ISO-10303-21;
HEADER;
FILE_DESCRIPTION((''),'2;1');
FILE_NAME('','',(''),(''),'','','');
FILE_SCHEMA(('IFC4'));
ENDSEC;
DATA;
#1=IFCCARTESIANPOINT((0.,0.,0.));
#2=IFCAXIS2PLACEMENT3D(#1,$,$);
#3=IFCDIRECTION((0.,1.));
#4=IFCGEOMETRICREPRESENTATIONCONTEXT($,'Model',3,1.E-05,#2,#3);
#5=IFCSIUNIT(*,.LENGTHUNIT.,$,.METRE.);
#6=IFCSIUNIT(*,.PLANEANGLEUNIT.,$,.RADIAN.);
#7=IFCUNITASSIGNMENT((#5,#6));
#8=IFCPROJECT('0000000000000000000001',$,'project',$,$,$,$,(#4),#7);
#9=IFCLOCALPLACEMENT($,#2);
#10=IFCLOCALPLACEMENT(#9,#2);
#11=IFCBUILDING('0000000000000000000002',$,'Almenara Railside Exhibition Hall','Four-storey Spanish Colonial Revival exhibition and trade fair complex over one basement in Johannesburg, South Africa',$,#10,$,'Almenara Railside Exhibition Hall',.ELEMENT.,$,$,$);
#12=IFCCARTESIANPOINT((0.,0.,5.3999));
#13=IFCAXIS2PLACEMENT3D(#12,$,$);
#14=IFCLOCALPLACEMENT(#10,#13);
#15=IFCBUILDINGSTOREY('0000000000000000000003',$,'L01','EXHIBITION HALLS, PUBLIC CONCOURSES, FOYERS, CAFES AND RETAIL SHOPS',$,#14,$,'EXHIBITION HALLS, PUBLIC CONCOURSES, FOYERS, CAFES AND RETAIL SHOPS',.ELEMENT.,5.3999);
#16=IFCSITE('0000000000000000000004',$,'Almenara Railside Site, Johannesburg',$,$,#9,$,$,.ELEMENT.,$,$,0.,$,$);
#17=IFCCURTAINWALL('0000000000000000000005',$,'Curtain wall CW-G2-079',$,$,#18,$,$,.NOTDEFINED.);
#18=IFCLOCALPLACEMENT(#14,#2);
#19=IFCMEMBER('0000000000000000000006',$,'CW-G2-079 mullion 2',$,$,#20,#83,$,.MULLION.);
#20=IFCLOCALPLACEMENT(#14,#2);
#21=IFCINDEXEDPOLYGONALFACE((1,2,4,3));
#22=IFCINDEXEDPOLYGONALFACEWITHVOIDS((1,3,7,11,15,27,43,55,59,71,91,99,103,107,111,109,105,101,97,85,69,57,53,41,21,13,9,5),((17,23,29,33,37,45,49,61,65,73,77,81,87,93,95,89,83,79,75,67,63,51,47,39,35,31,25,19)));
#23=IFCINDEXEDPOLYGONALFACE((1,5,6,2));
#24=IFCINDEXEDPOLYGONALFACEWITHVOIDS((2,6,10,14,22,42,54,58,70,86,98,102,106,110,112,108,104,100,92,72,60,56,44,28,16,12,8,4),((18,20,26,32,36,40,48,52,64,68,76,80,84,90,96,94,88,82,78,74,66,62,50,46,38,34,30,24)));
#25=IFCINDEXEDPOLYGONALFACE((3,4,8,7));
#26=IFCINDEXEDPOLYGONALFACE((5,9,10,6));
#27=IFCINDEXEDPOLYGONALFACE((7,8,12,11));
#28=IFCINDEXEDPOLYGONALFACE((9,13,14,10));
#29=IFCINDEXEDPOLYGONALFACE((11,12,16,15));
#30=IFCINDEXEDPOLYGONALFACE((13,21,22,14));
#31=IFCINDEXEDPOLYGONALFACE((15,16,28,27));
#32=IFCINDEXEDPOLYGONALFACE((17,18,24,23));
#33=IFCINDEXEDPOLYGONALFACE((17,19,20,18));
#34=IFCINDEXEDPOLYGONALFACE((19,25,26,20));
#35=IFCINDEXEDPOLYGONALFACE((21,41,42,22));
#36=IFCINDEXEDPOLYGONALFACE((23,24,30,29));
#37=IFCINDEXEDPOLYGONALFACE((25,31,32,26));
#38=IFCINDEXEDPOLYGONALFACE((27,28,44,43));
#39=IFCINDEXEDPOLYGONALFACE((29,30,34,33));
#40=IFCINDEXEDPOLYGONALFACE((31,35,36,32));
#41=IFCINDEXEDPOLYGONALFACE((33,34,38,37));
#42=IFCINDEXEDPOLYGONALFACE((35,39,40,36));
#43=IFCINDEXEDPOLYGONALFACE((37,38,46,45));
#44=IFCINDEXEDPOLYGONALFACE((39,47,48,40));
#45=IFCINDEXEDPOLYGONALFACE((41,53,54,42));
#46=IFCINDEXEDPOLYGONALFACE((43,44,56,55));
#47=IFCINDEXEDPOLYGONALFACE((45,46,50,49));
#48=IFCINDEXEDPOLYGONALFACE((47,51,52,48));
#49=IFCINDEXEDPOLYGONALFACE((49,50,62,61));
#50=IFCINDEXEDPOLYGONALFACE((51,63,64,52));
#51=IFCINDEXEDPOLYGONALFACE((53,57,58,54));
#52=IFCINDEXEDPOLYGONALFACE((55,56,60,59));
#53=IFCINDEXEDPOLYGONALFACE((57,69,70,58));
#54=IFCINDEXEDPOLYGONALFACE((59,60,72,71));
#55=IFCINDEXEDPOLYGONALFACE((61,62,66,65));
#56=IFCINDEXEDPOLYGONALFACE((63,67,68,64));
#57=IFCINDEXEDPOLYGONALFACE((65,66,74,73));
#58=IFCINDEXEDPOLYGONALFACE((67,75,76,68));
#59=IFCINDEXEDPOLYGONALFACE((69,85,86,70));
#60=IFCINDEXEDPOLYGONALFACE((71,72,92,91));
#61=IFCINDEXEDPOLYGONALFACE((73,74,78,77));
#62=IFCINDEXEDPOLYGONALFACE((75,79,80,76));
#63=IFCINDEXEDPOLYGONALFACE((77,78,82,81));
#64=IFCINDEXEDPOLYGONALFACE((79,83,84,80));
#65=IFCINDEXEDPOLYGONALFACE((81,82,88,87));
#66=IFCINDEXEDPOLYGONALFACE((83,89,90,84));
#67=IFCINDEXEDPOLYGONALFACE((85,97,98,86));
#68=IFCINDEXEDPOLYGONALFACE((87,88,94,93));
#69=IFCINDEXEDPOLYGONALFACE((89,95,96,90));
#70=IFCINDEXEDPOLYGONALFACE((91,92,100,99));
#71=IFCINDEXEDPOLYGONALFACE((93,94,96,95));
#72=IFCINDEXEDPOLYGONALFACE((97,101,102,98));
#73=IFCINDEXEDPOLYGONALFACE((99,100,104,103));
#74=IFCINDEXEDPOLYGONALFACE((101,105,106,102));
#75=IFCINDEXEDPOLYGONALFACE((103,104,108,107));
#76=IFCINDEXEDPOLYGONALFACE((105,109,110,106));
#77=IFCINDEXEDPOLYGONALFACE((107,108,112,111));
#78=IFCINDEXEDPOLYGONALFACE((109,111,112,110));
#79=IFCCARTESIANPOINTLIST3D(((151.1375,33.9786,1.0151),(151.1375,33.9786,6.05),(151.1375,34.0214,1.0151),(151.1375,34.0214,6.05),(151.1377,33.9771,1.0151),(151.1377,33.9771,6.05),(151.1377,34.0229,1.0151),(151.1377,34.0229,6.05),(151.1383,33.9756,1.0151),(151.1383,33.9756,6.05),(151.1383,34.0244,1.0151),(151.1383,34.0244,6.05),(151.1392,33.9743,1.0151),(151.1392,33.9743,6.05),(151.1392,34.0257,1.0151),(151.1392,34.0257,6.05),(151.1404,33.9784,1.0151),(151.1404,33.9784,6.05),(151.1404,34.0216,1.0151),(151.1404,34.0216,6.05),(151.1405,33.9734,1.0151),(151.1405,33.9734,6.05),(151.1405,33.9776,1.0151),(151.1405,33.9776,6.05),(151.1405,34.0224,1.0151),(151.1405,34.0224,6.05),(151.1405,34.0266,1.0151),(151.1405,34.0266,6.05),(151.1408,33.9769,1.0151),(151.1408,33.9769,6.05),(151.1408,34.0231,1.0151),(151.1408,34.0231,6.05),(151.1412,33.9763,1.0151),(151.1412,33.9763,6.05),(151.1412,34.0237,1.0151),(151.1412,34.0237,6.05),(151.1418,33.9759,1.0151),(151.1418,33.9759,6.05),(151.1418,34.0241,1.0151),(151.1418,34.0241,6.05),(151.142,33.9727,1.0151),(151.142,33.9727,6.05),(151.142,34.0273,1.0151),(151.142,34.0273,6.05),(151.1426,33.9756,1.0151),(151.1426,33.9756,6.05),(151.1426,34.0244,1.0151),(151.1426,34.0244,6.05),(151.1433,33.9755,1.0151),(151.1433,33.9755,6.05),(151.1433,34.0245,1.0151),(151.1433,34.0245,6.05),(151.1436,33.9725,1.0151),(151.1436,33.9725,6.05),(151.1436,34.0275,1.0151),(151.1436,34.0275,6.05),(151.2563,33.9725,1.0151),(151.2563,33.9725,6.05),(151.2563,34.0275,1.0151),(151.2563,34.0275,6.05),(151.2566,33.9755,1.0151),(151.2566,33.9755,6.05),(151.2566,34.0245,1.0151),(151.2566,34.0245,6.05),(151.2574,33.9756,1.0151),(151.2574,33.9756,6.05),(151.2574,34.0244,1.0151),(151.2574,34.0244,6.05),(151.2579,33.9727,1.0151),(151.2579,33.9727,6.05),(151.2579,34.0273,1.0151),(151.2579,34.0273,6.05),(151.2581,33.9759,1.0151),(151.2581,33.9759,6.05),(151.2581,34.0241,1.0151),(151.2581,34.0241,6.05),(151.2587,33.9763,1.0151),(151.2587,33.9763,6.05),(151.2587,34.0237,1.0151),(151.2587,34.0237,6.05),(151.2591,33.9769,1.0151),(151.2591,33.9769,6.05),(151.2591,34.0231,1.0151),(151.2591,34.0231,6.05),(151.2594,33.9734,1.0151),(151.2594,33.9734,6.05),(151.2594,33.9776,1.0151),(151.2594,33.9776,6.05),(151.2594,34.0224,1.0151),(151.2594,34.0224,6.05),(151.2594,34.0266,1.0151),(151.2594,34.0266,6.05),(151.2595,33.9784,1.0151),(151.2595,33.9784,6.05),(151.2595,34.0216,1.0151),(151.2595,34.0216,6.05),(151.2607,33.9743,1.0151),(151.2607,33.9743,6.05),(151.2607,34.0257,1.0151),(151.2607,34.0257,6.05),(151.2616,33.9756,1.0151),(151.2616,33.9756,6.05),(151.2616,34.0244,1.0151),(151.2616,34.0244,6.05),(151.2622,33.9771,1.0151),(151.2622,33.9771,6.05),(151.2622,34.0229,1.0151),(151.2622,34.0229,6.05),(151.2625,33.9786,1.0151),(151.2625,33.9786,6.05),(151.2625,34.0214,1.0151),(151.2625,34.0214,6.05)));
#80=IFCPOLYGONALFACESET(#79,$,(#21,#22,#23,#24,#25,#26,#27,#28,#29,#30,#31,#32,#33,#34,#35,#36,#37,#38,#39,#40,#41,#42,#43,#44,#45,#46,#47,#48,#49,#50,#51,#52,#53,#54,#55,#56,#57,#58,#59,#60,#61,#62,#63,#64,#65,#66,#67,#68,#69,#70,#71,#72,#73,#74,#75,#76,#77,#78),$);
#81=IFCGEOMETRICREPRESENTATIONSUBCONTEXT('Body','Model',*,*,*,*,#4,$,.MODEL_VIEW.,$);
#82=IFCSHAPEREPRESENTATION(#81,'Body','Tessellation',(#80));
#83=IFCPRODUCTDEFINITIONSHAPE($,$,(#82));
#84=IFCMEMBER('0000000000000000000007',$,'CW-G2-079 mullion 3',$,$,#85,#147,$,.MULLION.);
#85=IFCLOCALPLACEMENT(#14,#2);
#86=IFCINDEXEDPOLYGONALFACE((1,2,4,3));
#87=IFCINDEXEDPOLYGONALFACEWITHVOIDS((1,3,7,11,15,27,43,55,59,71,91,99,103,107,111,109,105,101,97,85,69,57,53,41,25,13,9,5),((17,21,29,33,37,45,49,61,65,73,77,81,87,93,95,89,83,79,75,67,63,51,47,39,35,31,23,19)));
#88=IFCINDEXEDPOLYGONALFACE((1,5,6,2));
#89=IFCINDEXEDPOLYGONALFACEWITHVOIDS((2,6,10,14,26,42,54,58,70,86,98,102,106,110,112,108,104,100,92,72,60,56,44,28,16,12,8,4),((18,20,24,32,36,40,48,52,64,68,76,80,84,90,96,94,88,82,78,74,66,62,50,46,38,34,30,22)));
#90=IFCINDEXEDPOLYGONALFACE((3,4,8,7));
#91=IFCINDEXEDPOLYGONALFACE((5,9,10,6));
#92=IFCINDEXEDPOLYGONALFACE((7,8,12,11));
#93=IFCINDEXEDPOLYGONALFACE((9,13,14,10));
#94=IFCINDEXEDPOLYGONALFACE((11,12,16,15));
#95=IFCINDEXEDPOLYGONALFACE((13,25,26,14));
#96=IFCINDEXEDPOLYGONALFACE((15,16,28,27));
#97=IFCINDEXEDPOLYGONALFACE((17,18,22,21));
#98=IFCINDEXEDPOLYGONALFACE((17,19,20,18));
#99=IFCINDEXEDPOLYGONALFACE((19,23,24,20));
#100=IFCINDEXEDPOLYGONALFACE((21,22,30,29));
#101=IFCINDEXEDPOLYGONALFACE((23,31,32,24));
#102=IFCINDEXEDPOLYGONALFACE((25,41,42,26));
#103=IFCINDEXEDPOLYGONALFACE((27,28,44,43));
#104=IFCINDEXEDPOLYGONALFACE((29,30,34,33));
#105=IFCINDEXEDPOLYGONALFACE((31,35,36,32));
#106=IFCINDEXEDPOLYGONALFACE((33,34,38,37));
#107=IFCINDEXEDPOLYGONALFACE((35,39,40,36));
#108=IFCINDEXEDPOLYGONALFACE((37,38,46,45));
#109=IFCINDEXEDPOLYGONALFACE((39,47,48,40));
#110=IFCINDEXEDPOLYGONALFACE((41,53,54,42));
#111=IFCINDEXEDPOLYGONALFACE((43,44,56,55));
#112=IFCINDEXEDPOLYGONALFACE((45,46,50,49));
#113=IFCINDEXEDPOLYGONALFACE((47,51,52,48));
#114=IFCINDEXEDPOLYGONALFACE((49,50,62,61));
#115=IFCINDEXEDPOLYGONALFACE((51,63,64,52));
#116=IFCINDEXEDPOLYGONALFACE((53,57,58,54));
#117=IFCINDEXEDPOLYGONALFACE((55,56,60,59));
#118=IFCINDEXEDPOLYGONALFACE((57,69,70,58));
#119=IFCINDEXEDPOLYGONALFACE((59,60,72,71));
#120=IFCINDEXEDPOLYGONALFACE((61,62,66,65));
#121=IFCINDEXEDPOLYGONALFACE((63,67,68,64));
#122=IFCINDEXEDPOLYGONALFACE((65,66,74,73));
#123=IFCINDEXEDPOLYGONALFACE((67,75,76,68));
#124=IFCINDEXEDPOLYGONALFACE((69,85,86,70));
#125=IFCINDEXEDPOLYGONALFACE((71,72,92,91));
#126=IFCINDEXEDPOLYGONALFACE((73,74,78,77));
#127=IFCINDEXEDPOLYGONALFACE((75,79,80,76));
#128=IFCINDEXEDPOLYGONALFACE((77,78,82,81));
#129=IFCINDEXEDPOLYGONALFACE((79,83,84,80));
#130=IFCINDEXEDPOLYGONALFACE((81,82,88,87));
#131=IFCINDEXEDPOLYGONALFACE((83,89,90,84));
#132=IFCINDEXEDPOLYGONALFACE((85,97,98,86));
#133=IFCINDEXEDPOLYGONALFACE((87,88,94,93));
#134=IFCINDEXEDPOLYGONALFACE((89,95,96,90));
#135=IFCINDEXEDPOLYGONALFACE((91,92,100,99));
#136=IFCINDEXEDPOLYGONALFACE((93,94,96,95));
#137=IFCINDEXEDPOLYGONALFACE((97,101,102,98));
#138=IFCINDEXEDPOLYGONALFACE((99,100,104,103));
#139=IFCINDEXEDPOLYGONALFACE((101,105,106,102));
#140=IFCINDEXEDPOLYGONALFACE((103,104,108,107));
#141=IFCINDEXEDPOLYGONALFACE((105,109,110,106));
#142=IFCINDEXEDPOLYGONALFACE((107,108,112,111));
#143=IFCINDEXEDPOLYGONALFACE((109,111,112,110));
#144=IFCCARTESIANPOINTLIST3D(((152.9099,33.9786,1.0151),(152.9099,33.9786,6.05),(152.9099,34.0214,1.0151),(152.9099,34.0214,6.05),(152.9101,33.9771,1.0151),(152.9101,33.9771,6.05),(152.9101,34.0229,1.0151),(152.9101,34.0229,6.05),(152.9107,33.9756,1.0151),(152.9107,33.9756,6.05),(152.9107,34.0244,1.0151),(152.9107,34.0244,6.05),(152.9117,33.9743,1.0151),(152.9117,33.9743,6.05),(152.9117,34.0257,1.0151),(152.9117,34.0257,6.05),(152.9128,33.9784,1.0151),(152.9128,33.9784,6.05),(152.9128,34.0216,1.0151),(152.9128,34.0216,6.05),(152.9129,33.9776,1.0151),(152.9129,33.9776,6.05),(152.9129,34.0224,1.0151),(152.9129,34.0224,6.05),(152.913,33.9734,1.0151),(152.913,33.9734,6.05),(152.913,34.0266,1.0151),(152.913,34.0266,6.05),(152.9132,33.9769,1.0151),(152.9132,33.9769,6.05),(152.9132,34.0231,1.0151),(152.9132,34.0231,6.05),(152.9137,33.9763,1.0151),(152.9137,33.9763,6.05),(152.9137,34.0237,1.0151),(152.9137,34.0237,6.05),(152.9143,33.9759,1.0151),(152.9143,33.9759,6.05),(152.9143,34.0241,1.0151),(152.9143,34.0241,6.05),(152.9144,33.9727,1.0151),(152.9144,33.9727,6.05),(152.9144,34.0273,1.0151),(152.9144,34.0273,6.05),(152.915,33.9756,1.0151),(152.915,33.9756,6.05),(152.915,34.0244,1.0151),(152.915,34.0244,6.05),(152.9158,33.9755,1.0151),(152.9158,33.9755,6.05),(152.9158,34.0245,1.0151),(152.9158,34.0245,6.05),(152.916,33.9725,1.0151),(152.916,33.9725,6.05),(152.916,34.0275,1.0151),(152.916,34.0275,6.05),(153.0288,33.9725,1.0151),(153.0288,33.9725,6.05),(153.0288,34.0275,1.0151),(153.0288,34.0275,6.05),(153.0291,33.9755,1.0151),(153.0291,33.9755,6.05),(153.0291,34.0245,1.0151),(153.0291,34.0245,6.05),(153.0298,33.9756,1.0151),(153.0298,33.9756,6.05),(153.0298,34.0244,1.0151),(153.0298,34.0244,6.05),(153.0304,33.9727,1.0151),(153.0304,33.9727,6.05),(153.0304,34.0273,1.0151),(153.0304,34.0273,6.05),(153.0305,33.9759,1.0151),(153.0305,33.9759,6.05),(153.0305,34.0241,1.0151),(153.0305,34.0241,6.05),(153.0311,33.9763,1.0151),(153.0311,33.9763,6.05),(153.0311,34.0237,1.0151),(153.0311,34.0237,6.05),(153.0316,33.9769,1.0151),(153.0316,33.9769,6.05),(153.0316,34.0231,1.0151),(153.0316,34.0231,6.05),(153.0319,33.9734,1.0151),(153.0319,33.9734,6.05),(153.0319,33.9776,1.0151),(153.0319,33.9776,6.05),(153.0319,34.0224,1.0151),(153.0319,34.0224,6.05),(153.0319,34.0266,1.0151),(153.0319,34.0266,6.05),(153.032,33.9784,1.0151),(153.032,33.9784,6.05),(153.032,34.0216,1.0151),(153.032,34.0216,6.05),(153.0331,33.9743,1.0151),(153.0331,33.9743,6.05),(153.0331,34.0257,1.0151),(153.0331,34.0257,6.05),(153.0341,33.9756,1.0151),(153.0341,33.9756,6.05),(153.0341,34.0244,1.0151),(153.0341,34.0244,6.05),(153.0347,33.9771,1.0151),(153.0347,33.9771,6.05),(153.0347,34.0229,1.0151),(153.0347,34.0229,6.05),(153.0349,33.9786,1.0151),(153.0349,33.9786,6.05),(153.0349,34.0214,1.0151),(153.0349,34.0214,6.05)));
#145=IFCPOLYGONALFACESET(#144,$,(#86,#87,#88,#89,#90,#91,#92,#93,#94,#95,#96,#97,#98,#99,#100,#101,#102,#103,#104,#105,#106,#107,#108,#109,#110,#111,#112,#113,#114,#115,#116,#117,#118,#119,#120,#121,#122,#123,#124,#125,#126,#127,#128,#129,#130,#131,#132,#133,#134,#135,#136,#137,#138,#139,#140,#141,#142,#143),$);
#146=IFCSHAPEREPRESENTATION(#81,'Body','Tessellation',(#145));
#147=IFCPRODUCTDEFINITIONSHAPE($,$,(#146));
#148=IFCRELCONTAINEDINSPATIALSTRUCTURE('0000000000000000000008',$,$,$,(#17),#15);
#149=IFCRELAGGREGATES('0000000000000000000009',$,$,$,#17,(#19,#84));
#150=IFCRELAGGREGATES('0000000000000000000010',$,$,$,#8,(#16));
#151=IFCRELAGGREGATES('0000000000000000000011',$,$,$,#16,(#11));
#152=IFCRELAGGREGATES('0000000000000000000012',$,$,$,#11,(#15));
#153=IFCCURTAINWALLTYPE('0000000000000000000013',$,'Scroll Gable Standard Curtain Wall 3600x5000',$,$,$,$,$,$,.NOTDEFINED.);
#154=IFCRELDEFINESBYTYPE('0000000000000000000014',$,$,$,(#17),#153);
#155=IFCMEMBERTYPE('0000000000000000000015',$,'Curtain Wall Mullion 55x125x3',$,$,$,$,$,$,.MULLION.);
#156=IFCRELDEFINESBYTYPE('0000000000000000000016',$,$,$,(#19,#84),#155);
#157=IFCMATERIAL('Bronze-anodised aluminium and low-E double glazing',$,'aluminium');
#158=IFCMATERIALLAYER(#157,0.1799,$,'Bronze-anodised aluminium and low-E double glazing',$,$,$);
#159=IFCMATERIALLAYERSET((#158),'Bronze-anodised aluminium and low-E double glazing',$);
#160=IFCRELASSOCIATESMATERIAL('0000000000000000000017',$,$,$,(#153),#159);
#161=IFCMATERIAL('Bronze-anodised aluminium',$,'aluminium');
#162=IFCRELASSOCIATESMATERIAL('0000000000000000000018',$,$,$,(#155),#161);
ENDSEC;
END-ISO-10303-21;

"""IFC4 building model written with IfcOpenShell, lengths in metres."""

from ifc_helpers import new_model, si_unit, direction, frame, origin, origin_2d, place, context, subcontext, project, spatial, hollow_rectangle, extrude, material, layer, layer_set, material_profile, profile_set, type_object, element, aggregate, save


model = new_model("IFC4")

# Units and contexts
model_context = context("Model", 3, precision=1e-05, world=origin(), true_north=direction((0.0, 1.0)))
body_context = subcontext(model_context, "Body", "Model", "MODEL_VIEW")
ifc_project = project(units=[si_unit("LENGTHUNIT", "METRE"), si_unit("PLANEANGLEUNIT", "RADIAN")], contexts=[model_context])

# Site, building, storey
site_placement = place(None, origin())
site = spatial("IfcSite", under=ifc_project, at=site_placement, Name="Almenara Railside Site, Johannesburg", CompositionType="ELEMENT", RefElevation=0.0)
building_placement = place(site_placement, origin())
building = spatial("IfcBuilding", under=site, at=building_placement, Name="Almenara Railside Exhibition Hall", Description="Four-storey Spanish Colonial Revival exhibition and trade fair complex over one basement in Johannesburg, South Africa", LongName="Almenara Railside Exhibition Hall", CompositionType="ELEMENT")
storey_placement = place(building_placement, frame((0.0, 0.0, 5.3999)))
storey = spatial("IfcBuildingStorey", under=building, at=storey_placement, Name="L01", Description="EXHIBITION HALLS, PUBLIC CONCOURSES, FOYERS, CAFES AND RETAIL SHOPS", LongName="EXHIBITION HALLS, PUBLIC CONCOURSES, FOYERS, CAFES AND RETAIL SHOPS", CompositionType="ELEMENT", Elevation=5.3999)

# Curtain wall, members
ifc_material_1 = material(Name="Bronze-anodised aluminium and low-E double glazing", Category="aluminium")
ifc_layer_1 = layer(ifc_material_1, 0.1799, Name="Bronze-anodised aluminium and low-E double glazing")
ifc_layer_set_1 = layer_set([ifc_layer_1], Name="Bronze-anodised aluminium and low-E double glazing")
curtain_wall_type_1 = type_object("IfcCurtainWallType", Name="Scroll Gable Standard Curtain Wall 3600x5000", PredefinedType="NOTDEFINED", material=ifc_layer_set_1)
curtain_wall_1_placement = place(storey_placement, origin())
curtain_wall_1 = element("IfcCurtainWall", 1, at=curtain_wall_1_placement, inside=storey, type_object=curtain_wall_type_1, Name="Curtain wall CW-G2-079", PredefinedType="NOTDEFINED")
ifc_material_2 = material(Name="Bronze-anodised aluminium", Category="aluminium")
ifc_material_profile_1 = material_profile(ifc_material_2, hollow_rectangle(XDim=0.0549, YDim=0.125, WallThickness=0.0029, InnerFilletRadius=0.0029, OuterFilletRadius=0.0061, at=origin_2d()), Name="ALU-MUL 55x125x3")
ifc_profile_set_1 = profile_set([ifc_material_profile_1], Name="Bronze-anodised aluminium")
member_type_1 = type_object("IfcMemberType", Name="Curtain Wall Mullion 55x125x3", PredefinedType="MULLION", material=ifc_profile_set_1)
member_1_placement = place(storey_placement, frame((151.2, 34.0, 1.0151), z_axis=(0.0, 0.0, 1.0), x_axis=(0.0, 1.0, 0.0)))
member_1 = element("IfcMember", 2, at=member_1_placement, type_object=member_type_1, Name="CW-G2-079 mullion 2", PredefinedType="MULLION", context=body_context, shape_type="SweptSolid", body=[
    extrude(hollow_rectangle(XDim=0.0549, YDim=0.125, WallThickness=0.0029, InnerFilletRadius=0.0029, OuterFilletRadius=0.0061, at=origin_2d()), origin(), (0.0, 0.0, 1.0), 5.0349),
])
member_2_placement = place(storey_placement, frame((152.9724, 34.0, 1.0151), z_axis=(0.0, 0.0, 1.0), x_axis=(0.0, 1.0, 0.0)))
member_2 = element("IfcMember", 3, at=member_2_placement, type_object=member_type_1, Name="CW-G2-079 mullion 3", PredefinedType="MULLION", context=body_context, shape_type="SweptSolid", body=[
    extrude(hollow_rectangle(XDim=0.0549, YDim=0.125, WallThickness=0.0029, InnerFilletRadius=0.0029, OuterFilletRadius=0.0061, at=origin_2d()), origin(), (0.0, 0.0, 1.0), 5.0349),
])

aggregate(curtain_wall_1, [member_1, member_2])

save(model, "model.ifc")
